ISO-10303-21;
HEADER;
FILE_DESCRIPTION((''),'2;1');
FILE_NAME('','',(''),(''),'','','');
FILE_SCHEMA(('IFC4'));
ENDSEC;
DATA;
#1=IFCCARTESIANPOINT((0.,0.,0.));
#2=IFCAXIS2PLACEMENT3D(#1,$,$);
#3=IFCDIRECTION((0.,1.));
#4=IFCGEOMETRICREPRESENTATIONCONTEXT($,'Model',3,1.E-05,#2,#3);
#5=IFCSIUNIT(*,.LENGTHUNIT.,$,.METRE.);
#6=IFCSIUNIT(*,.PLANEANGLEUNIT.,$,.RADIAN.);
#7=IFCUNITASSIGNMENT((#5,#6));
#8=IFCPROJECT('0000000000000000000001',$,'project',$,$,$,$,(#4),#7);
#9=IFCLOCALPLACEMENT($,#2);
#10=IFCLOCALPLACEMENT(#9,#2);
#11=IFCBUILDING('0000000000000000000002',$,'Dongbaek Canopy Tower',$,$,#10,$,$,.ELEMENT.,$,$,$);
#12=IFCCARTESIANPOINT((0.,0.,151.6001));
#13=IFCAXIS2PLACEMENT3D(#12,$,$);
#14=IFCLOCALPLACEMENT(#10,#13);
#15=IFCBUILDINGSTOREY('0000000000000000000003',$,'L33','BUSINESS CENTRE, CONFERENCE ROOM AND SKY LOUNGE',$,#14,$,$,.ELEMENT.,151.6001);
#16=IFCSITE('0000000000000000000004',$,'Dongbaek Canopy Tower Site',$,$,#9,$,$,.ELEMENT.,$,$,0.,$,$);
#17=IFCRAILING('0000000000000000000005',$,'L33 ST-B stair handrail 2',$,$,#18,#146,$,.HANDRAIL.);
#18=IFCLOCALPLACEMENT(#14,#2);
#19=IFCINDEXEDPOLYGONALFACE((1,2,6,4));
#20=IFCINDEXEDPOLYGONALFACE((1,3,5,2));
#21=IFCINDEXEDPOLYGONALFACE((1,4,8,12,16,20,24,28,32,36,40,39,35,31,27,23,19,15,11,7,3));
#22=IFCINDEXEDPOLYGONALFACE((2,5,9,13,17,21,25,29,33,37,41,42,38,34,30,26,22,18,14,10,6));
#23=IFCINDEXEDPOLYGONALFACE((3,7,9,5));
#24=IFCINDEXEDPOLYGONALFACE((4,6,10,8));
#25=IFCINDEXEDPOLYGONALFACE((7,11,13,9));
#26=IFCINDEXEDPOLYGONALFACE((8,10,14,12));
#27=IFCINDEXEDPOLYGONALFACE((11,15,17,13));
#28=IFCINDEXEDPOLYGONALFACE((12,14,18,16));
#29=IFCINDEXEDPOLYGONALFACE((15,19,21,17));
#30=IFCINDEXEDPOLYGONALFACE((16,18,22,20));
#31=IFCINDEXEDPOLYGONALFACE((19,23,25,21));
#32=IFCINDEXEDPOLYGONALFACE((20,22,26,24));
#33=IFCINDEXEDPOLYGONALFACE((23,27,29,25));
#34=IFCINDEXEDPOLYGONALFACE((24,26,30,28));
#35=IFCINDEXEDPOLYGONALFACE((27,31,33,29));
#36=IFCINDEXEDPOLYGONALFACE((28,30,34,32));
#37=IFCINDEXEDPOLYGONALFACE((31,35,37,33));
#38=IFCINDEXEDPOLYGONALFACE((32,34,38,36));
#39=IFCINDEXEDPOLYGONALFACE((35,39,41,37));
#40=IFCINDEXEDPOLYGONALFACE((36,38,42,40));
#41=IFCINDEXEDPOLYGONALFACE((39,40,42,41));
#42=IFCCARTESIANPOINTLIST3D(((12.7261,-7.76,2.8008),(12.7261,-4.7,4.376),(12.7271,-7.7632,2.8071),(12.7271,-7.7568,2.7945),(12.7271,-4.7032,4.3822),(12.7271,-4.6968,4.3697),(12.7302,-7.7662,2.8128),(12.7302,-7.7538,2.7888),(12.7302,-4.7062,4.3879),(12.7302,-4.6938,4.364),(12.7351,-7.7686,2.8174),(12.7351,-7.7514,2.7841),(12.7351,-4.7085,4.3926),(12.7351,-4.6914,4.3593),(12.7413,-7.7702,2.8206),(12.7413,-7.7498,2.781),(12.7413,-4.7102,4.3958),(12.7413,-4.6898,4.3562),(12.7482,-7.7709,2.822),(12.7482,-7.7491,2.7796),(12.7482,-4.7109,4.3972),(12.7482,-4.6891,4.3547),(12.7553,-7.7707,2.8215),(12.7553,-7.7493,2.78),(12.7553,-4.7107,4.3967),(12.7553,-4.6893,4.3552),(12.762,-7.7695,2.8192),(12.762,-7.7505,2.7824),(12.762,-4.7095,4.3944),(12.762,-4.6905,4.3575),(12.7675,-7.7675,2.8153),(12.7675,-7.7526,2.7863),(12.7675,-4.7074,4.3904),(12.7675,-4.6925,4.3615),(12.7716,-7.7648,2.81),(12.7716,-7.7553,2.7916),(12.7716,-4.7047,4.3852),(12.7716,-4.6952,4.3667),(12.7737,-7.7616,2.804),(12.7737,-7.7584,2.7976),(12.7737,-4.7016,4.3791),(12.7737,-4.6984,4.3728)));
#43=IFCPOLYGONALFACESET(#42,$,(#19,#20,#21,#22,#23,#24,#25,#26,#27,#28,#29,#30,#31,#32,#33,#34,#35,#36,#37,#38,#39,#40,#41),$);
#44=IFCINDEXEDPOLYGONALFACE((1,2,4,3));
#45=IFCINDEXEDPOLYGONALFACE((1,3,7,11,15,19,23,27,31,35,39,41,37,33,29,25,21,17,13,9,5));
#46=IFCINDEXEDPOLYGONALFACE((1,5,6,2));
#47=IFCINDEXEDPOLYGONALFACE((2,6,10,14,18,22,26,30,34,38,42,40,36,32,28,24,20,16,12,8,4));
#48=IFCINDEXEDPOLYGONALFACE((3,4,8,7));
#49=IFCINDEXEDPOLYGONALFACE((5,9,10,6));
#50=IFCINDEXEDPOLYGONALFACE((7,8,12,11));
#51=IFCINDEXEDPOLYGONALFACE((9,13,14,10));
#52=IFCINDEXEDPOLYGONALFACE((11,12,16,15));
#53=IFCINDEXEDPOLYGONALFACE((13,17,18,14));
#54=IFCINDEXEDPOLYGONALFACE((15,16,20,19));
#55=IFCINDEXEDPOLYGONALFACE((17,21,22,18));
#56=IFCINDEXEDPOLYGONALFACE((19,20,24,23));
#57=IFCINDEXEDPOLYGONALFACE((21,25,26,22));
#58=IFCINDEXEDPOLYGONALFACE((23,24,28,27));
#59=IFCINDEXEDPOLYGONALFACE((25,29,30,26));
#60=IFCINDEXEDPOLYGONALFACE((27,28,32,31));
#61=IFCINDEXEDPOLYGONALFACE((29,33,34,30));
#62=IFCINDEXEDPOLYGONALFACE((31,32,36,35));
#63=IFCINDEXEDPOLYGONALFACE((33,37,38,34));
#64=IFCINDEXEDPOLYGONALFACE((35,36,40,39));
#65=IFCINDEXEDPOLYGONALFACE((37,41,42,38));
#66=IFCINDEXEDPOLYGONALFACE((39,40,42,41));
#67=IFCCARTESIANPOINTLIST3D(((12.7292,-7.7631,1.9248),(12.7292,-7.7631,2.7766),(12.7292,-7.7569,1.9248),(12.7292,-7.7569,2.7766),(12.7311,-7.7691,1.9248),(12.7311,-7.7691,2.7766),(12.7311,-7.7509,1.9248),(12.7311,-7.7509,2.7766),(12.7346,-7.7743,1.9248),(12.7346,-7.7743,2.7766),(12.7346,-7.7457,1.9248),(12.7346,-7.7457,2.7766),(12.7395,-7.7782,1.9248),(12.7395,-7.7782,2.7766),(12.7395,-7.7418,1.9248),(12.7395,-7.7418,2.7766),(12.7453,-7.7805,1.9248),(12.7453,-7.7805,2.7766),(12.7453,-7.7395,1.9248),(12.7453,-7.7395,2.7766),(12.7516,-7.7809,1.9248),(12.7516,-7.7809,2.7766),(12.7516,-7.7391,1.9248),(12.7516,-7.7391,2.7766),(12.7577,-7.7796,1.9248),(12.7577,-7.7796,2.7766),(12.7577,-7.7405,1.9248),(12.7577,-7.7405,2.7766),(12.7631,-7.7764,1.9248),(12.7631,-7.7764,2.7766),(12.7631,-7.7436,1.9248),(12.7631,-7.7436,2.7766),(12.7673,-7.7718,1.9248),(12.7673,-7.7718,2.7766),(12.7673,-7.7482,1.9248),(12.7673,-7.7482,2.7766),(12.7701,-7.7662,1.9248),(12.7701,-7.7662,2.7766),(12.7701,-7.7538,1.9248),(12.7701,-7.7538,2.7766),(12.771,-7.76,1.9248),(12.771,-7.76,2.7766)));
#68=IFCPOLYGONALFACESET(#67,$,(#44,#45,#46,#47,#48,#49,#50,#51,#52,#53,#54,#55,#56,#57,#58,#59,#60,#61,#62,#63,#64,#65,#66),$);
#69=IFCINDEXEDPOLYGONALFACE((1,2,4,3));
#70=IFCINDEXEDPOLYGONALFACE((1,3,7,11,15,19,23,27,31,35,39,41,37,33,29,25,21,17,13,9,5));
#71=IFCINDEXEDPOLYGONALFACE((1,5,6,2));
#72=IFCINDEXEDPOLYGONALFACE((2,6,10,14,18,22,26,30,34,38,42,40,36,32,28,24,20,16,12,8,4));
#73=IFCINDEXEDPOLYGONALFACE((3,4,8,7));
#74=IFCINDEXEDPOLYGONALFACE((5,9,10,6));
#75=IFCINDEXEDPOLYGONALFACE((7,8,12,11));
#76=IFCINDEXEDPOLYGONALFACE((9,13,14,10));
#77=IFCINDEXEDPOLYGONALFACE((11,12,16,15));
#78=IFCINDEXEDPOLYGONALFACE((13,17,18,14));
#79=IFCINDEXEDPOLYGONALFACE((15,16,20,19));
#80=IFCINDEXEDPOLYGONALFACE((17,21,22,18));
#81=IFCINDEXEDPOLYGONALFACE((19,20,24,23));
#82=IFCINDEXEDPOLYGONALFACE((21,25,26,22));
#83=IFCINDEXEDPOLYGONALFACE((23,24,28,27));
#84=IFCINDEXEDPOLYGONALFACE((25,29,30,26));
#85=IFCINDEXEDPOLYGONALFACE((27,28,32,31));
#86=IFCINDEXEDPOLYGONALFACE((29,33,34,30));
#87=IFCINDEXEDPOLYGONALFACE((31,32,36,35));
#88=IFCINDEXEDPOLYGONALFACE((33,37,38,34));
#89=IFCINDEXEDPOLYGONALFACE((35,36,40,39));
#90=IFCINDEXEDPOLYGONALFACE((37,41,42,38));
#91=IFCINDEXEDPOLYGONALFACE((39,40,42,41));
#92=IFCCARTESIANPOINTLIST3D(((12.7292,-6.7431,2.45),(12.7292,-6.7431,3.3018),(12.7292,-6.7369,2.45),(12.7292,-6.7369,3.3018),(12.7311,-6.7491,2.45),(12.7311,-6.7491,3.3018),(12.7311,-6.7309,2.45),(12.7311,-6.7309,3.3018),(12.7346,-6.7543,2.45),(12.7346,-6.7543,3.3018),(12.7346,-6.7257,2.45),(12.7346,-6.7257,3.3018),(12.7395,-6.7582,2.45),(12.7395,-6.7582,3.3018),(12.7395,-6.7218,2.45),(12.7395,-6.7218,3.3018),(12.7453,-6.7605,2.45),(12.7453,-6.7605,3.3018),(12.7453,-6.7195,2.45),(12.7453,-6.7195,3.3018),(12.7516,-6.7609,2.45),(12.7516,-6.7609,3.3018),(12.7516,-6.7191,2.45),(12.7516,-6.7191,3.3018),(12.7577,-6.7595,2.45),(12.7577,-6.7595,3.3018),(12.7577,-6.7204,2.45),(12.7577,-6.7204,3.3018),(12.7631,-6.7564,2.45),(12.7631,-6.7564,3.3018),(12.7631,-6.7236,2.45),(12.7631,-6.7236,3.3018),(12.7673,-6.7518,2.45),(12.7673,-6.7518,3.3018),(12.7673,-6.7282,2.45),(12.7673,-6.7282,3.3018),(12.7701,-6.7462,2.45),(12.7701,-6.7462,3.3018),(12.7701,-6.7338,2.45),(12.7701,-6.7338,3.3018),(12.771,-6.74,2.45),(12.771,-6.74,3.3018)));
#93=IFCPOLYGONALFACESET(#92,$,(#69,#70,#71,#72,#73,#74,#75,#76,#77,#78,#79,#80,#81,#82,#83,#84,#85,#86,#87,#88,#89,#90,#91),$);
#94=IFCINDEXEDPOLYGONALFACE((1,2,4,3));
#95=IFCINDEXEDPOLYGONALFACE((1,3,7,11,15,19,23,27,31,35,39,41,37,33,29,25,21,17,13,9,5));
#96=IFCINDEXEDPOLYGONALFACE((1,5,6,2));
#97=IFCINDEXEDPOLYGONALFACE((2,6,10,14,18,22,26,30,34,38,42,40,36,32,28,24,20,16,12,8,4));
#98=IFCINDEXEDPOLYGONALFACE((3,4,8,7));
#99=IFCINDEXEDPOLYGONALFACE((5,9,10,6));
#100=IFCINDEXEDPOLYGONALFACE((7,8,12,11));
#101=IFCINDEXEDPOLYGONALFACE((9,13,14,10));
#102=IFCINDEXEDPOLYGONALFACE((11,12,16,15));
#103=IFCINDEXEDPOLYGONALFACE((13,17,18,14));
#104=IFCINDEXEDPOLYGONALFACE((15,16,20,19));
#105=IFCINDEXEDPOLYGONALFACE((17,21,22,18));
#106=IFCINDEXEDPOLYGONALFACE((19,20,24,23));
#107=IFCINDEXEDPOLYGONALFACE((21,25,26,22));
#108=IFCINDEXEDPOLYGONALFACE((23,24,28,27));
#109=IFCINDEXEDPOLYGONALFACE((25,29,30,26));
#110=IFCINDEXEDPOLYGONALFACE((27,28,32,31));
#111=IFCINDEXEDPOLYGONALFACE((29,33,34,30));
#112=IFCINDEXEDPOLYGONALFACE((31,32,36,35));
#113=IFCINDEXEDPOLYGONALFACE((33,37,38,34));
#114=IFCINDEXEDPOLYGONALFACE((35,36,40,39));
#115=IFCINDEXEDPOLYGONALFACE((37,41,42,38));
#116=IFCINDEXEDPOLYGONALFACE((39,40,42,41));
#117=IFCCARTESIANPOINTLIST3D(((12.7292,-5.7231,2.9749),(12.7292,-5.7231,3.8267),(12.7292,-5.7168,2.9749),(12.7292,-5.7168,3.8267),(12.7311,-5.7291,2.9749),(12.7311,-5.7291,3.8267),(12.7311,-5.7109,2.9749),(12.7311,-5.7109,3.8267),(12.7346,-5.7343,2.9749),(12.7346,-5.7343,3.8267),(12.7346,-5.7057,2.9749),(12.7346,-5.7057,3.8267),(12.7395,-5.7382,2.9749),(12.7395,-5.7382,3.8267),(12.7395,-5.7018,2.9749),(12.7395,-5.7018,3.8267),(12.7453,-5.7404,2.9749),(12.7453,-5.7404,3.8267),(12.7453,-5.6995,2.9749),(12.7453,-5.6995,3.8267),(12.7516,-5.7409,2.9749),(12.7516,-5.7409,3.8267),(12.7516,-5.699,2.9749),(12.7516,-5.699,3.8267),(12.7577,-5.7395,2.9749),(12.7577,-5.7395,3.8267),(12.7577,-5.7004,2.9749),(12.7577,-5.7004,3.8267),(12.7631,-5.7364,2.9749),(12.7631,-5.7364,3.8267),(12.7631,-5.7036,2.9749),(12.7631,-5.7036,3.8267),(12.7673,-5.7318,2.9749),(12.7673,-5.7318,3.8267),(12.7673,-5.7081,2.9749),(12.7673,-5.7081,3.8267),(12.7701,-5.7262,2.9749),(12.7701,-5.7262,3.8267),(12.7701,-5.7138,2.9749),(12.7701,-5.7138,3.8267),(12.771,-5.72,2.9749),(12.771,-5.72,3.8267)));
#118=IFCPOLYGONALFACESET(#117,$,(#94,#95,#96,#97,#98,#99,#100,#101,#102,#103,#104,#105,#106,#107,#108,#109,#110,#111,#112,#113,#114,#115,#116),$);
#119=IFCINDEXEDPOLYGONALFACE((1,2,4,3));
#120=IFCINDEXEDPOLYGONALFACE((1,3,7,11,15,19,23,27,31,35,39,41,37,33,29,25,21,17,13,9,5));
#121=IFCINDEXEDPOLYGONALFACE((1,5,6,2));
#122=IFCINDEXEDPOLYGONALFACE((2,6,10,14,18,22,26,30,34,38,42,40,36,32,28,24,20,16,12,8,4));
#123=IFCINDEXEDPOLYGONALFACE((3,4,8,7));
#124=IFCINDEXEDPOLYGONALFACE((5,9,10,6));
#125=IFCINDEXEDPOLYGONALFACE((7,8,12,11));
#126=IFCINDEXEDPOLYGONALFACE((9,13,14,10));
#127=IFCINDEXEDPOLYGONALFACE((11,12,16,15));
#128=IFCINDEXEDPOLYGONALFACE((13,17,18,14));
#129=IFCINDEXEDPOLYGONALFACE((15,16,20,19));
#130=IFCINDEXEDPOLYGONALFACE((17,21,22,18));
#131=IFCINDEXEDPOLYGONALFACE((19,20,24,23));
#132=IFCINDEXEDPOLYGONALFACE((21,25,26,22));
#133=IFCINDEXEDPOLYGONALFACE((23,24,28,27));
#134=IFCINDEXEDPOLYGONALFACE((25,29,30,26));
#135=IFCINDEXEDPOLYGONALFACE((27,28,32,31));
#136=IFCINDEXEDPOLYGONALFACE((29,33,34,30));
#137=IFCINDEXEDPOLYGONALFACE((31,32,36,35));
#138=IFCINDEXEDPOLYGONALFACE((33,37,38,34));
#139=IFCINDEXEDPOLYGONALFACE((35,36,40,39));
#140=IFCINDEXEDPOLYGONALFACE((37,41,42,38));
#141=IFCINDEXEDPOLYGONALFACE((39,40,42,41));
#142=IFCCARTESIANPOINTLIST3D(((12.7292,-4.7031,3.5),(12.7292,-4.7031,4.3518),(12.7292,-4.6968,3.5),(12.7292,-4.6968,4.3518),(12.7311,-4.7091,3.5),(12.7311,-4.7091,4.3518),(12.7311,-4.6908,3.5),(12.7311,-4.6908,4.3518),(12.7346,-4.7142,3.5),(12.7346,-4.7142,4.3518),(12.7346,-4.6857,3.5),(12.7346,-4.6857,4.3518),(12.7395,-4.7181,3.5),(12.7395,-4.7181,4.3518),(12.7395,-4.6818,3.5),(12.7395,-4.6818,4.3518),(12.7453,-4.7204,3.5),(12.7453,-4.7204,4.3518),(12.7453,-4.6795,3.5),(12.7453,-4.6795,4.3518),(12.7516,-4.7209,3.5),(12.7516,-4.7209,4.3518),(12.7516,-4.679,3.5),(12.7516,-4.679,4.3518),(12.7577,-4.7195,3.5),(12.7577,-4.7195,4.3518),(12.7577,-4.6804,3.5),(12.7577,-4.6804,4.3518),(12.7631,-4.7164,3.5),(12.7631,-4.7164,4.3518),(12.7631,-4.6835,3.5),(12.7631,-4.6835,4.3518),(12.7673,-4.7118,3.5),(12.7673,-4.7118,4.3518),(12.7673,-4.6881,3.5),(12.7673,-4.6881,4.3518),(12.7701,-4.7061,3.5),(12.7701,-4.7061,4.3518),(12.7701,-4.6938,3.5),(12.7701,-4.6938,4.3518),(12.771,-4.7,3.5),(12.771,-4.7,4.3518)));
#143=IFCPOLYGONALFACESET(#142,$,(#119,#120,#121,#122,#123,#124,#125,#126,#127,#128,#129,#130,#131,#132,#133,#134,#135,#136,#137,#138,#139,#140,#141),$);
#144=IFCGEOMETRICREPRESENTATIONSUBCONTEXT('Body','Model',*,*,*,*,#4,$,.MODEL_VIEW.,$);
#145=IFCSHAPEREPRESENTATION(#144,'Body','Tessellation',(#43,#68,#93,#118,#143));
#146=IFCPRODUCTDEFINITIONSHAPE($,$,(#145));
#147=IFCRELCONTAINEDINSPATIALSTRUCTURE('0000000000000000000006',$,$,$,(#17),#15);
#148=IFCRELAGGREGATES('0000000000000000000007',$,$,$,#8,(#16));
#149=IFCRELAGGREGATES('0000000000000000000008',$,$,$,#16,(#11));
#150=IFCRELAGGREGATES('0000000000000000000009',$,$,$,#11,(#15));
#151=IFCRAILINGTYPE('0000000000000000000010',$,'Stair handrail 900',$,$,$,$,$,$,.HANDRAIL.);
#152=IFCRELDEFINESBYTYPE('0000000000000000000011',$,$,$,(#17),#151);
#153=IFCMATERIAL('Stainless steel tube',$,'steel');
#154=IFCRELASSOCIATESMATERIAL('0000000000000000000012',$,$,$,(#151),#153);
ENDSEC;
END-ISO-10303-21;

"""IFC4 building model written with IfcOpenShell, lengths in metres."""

from ifc_helpers import new_model, si_unit, direction, frame, origin, origin_2d, place, context, subcontext, project, spatial, circle, extrude, material, type_object, element, save


model = new_model("IFC4")

# Units and contexts
model_context = context("Model", 3, precision=1e-05, world=origin(), true_north=direction((0.0, 1.0)))
body_context = subcontext(model_context, "Body", "Model", "MODEL_VIEW")
ifc_project = project(units=[si_unit("LENGTHUNIT", "METRE"), si_unit("PLANEANGLEUNIT", "RADIAN")], contexts=[model_context])

# Site, building, storey
site_placement = place(None, origin())
site = spatial("IfcSite", under=ifc_project, at=site_placement, Name="Dongbaek Canopy Tower Site", CompositionType="ELEMENT", RefElevation=0.0)
building_placement = place(site_placement, origin())
building = spatial("IfcBuilding", under=site, at=building_placement, Name="Dongbaek Canopy Tower", CompositionType="ELEMENT")
storey_placement = place(building_placement, frame((0.0, 0.0, 151.6001)))
storey = spatial("IfcBuildingStorey", under=building, at=storey_placement, Name="L33", Description="BUSINESS CENTRE, CONFERENCE ROOM AND SKY LOUNGE", CompositionType="ELEMENT", Elevation=151.6001)

# Railing
ifc_material_1 = material(Name="Stainless steel tube", Category="steel")
railing_type_1 = type_object("IfcRailingType", Name="Stair handrail 900", PredefinedType="HANDRAIL", material=ifc_material_1)
for number, where, name in (
    (1, (12.75, -7.76, 1.9248), "L33 ST-B stair handrail 2"),
):
    element("IfcRailing", number, at=place(storey_placement, frame(where)), inside=storey, type_object=railing_type_1, Name=name, PredefinedType="HANDRAIL", context=body_context, shape_type="SweptSolid", body=[
        extrude(circle(Radius=0.0239, at=origin_2d()), frame((0.0, 0.0, 0.876), z_axis=(0.0, 0.889116, 0.457681), x_axis=(-1.0, 0.0, 0.0)), (0.0, 0.0, 1.0), 3.4417),
        extrude(circle(Radius=0.021, at=origin_2d()), origin(), (0.0, 0.0, 1.0), 0.8518),
        extrude(circle(Radius=0.021, at=origin_2d()), frame((0.0, 1.02, 0.5251)), (0.0, 0.0, 1.0), 0.8518),
        extrude(circle(Radius=0.021, at=origin_2d()), frame((0.0, 2.04, 1.05)), (0.0, 0.0, 1.0), 0.8518),
        extrude(circle(Radius=0.021, at=origin_2d()), frame((0.0, 3.0601, 1.5752)), (0.0, 0.0, 1.0), 0.8518),
    ])

save(model, "model.ifc")
